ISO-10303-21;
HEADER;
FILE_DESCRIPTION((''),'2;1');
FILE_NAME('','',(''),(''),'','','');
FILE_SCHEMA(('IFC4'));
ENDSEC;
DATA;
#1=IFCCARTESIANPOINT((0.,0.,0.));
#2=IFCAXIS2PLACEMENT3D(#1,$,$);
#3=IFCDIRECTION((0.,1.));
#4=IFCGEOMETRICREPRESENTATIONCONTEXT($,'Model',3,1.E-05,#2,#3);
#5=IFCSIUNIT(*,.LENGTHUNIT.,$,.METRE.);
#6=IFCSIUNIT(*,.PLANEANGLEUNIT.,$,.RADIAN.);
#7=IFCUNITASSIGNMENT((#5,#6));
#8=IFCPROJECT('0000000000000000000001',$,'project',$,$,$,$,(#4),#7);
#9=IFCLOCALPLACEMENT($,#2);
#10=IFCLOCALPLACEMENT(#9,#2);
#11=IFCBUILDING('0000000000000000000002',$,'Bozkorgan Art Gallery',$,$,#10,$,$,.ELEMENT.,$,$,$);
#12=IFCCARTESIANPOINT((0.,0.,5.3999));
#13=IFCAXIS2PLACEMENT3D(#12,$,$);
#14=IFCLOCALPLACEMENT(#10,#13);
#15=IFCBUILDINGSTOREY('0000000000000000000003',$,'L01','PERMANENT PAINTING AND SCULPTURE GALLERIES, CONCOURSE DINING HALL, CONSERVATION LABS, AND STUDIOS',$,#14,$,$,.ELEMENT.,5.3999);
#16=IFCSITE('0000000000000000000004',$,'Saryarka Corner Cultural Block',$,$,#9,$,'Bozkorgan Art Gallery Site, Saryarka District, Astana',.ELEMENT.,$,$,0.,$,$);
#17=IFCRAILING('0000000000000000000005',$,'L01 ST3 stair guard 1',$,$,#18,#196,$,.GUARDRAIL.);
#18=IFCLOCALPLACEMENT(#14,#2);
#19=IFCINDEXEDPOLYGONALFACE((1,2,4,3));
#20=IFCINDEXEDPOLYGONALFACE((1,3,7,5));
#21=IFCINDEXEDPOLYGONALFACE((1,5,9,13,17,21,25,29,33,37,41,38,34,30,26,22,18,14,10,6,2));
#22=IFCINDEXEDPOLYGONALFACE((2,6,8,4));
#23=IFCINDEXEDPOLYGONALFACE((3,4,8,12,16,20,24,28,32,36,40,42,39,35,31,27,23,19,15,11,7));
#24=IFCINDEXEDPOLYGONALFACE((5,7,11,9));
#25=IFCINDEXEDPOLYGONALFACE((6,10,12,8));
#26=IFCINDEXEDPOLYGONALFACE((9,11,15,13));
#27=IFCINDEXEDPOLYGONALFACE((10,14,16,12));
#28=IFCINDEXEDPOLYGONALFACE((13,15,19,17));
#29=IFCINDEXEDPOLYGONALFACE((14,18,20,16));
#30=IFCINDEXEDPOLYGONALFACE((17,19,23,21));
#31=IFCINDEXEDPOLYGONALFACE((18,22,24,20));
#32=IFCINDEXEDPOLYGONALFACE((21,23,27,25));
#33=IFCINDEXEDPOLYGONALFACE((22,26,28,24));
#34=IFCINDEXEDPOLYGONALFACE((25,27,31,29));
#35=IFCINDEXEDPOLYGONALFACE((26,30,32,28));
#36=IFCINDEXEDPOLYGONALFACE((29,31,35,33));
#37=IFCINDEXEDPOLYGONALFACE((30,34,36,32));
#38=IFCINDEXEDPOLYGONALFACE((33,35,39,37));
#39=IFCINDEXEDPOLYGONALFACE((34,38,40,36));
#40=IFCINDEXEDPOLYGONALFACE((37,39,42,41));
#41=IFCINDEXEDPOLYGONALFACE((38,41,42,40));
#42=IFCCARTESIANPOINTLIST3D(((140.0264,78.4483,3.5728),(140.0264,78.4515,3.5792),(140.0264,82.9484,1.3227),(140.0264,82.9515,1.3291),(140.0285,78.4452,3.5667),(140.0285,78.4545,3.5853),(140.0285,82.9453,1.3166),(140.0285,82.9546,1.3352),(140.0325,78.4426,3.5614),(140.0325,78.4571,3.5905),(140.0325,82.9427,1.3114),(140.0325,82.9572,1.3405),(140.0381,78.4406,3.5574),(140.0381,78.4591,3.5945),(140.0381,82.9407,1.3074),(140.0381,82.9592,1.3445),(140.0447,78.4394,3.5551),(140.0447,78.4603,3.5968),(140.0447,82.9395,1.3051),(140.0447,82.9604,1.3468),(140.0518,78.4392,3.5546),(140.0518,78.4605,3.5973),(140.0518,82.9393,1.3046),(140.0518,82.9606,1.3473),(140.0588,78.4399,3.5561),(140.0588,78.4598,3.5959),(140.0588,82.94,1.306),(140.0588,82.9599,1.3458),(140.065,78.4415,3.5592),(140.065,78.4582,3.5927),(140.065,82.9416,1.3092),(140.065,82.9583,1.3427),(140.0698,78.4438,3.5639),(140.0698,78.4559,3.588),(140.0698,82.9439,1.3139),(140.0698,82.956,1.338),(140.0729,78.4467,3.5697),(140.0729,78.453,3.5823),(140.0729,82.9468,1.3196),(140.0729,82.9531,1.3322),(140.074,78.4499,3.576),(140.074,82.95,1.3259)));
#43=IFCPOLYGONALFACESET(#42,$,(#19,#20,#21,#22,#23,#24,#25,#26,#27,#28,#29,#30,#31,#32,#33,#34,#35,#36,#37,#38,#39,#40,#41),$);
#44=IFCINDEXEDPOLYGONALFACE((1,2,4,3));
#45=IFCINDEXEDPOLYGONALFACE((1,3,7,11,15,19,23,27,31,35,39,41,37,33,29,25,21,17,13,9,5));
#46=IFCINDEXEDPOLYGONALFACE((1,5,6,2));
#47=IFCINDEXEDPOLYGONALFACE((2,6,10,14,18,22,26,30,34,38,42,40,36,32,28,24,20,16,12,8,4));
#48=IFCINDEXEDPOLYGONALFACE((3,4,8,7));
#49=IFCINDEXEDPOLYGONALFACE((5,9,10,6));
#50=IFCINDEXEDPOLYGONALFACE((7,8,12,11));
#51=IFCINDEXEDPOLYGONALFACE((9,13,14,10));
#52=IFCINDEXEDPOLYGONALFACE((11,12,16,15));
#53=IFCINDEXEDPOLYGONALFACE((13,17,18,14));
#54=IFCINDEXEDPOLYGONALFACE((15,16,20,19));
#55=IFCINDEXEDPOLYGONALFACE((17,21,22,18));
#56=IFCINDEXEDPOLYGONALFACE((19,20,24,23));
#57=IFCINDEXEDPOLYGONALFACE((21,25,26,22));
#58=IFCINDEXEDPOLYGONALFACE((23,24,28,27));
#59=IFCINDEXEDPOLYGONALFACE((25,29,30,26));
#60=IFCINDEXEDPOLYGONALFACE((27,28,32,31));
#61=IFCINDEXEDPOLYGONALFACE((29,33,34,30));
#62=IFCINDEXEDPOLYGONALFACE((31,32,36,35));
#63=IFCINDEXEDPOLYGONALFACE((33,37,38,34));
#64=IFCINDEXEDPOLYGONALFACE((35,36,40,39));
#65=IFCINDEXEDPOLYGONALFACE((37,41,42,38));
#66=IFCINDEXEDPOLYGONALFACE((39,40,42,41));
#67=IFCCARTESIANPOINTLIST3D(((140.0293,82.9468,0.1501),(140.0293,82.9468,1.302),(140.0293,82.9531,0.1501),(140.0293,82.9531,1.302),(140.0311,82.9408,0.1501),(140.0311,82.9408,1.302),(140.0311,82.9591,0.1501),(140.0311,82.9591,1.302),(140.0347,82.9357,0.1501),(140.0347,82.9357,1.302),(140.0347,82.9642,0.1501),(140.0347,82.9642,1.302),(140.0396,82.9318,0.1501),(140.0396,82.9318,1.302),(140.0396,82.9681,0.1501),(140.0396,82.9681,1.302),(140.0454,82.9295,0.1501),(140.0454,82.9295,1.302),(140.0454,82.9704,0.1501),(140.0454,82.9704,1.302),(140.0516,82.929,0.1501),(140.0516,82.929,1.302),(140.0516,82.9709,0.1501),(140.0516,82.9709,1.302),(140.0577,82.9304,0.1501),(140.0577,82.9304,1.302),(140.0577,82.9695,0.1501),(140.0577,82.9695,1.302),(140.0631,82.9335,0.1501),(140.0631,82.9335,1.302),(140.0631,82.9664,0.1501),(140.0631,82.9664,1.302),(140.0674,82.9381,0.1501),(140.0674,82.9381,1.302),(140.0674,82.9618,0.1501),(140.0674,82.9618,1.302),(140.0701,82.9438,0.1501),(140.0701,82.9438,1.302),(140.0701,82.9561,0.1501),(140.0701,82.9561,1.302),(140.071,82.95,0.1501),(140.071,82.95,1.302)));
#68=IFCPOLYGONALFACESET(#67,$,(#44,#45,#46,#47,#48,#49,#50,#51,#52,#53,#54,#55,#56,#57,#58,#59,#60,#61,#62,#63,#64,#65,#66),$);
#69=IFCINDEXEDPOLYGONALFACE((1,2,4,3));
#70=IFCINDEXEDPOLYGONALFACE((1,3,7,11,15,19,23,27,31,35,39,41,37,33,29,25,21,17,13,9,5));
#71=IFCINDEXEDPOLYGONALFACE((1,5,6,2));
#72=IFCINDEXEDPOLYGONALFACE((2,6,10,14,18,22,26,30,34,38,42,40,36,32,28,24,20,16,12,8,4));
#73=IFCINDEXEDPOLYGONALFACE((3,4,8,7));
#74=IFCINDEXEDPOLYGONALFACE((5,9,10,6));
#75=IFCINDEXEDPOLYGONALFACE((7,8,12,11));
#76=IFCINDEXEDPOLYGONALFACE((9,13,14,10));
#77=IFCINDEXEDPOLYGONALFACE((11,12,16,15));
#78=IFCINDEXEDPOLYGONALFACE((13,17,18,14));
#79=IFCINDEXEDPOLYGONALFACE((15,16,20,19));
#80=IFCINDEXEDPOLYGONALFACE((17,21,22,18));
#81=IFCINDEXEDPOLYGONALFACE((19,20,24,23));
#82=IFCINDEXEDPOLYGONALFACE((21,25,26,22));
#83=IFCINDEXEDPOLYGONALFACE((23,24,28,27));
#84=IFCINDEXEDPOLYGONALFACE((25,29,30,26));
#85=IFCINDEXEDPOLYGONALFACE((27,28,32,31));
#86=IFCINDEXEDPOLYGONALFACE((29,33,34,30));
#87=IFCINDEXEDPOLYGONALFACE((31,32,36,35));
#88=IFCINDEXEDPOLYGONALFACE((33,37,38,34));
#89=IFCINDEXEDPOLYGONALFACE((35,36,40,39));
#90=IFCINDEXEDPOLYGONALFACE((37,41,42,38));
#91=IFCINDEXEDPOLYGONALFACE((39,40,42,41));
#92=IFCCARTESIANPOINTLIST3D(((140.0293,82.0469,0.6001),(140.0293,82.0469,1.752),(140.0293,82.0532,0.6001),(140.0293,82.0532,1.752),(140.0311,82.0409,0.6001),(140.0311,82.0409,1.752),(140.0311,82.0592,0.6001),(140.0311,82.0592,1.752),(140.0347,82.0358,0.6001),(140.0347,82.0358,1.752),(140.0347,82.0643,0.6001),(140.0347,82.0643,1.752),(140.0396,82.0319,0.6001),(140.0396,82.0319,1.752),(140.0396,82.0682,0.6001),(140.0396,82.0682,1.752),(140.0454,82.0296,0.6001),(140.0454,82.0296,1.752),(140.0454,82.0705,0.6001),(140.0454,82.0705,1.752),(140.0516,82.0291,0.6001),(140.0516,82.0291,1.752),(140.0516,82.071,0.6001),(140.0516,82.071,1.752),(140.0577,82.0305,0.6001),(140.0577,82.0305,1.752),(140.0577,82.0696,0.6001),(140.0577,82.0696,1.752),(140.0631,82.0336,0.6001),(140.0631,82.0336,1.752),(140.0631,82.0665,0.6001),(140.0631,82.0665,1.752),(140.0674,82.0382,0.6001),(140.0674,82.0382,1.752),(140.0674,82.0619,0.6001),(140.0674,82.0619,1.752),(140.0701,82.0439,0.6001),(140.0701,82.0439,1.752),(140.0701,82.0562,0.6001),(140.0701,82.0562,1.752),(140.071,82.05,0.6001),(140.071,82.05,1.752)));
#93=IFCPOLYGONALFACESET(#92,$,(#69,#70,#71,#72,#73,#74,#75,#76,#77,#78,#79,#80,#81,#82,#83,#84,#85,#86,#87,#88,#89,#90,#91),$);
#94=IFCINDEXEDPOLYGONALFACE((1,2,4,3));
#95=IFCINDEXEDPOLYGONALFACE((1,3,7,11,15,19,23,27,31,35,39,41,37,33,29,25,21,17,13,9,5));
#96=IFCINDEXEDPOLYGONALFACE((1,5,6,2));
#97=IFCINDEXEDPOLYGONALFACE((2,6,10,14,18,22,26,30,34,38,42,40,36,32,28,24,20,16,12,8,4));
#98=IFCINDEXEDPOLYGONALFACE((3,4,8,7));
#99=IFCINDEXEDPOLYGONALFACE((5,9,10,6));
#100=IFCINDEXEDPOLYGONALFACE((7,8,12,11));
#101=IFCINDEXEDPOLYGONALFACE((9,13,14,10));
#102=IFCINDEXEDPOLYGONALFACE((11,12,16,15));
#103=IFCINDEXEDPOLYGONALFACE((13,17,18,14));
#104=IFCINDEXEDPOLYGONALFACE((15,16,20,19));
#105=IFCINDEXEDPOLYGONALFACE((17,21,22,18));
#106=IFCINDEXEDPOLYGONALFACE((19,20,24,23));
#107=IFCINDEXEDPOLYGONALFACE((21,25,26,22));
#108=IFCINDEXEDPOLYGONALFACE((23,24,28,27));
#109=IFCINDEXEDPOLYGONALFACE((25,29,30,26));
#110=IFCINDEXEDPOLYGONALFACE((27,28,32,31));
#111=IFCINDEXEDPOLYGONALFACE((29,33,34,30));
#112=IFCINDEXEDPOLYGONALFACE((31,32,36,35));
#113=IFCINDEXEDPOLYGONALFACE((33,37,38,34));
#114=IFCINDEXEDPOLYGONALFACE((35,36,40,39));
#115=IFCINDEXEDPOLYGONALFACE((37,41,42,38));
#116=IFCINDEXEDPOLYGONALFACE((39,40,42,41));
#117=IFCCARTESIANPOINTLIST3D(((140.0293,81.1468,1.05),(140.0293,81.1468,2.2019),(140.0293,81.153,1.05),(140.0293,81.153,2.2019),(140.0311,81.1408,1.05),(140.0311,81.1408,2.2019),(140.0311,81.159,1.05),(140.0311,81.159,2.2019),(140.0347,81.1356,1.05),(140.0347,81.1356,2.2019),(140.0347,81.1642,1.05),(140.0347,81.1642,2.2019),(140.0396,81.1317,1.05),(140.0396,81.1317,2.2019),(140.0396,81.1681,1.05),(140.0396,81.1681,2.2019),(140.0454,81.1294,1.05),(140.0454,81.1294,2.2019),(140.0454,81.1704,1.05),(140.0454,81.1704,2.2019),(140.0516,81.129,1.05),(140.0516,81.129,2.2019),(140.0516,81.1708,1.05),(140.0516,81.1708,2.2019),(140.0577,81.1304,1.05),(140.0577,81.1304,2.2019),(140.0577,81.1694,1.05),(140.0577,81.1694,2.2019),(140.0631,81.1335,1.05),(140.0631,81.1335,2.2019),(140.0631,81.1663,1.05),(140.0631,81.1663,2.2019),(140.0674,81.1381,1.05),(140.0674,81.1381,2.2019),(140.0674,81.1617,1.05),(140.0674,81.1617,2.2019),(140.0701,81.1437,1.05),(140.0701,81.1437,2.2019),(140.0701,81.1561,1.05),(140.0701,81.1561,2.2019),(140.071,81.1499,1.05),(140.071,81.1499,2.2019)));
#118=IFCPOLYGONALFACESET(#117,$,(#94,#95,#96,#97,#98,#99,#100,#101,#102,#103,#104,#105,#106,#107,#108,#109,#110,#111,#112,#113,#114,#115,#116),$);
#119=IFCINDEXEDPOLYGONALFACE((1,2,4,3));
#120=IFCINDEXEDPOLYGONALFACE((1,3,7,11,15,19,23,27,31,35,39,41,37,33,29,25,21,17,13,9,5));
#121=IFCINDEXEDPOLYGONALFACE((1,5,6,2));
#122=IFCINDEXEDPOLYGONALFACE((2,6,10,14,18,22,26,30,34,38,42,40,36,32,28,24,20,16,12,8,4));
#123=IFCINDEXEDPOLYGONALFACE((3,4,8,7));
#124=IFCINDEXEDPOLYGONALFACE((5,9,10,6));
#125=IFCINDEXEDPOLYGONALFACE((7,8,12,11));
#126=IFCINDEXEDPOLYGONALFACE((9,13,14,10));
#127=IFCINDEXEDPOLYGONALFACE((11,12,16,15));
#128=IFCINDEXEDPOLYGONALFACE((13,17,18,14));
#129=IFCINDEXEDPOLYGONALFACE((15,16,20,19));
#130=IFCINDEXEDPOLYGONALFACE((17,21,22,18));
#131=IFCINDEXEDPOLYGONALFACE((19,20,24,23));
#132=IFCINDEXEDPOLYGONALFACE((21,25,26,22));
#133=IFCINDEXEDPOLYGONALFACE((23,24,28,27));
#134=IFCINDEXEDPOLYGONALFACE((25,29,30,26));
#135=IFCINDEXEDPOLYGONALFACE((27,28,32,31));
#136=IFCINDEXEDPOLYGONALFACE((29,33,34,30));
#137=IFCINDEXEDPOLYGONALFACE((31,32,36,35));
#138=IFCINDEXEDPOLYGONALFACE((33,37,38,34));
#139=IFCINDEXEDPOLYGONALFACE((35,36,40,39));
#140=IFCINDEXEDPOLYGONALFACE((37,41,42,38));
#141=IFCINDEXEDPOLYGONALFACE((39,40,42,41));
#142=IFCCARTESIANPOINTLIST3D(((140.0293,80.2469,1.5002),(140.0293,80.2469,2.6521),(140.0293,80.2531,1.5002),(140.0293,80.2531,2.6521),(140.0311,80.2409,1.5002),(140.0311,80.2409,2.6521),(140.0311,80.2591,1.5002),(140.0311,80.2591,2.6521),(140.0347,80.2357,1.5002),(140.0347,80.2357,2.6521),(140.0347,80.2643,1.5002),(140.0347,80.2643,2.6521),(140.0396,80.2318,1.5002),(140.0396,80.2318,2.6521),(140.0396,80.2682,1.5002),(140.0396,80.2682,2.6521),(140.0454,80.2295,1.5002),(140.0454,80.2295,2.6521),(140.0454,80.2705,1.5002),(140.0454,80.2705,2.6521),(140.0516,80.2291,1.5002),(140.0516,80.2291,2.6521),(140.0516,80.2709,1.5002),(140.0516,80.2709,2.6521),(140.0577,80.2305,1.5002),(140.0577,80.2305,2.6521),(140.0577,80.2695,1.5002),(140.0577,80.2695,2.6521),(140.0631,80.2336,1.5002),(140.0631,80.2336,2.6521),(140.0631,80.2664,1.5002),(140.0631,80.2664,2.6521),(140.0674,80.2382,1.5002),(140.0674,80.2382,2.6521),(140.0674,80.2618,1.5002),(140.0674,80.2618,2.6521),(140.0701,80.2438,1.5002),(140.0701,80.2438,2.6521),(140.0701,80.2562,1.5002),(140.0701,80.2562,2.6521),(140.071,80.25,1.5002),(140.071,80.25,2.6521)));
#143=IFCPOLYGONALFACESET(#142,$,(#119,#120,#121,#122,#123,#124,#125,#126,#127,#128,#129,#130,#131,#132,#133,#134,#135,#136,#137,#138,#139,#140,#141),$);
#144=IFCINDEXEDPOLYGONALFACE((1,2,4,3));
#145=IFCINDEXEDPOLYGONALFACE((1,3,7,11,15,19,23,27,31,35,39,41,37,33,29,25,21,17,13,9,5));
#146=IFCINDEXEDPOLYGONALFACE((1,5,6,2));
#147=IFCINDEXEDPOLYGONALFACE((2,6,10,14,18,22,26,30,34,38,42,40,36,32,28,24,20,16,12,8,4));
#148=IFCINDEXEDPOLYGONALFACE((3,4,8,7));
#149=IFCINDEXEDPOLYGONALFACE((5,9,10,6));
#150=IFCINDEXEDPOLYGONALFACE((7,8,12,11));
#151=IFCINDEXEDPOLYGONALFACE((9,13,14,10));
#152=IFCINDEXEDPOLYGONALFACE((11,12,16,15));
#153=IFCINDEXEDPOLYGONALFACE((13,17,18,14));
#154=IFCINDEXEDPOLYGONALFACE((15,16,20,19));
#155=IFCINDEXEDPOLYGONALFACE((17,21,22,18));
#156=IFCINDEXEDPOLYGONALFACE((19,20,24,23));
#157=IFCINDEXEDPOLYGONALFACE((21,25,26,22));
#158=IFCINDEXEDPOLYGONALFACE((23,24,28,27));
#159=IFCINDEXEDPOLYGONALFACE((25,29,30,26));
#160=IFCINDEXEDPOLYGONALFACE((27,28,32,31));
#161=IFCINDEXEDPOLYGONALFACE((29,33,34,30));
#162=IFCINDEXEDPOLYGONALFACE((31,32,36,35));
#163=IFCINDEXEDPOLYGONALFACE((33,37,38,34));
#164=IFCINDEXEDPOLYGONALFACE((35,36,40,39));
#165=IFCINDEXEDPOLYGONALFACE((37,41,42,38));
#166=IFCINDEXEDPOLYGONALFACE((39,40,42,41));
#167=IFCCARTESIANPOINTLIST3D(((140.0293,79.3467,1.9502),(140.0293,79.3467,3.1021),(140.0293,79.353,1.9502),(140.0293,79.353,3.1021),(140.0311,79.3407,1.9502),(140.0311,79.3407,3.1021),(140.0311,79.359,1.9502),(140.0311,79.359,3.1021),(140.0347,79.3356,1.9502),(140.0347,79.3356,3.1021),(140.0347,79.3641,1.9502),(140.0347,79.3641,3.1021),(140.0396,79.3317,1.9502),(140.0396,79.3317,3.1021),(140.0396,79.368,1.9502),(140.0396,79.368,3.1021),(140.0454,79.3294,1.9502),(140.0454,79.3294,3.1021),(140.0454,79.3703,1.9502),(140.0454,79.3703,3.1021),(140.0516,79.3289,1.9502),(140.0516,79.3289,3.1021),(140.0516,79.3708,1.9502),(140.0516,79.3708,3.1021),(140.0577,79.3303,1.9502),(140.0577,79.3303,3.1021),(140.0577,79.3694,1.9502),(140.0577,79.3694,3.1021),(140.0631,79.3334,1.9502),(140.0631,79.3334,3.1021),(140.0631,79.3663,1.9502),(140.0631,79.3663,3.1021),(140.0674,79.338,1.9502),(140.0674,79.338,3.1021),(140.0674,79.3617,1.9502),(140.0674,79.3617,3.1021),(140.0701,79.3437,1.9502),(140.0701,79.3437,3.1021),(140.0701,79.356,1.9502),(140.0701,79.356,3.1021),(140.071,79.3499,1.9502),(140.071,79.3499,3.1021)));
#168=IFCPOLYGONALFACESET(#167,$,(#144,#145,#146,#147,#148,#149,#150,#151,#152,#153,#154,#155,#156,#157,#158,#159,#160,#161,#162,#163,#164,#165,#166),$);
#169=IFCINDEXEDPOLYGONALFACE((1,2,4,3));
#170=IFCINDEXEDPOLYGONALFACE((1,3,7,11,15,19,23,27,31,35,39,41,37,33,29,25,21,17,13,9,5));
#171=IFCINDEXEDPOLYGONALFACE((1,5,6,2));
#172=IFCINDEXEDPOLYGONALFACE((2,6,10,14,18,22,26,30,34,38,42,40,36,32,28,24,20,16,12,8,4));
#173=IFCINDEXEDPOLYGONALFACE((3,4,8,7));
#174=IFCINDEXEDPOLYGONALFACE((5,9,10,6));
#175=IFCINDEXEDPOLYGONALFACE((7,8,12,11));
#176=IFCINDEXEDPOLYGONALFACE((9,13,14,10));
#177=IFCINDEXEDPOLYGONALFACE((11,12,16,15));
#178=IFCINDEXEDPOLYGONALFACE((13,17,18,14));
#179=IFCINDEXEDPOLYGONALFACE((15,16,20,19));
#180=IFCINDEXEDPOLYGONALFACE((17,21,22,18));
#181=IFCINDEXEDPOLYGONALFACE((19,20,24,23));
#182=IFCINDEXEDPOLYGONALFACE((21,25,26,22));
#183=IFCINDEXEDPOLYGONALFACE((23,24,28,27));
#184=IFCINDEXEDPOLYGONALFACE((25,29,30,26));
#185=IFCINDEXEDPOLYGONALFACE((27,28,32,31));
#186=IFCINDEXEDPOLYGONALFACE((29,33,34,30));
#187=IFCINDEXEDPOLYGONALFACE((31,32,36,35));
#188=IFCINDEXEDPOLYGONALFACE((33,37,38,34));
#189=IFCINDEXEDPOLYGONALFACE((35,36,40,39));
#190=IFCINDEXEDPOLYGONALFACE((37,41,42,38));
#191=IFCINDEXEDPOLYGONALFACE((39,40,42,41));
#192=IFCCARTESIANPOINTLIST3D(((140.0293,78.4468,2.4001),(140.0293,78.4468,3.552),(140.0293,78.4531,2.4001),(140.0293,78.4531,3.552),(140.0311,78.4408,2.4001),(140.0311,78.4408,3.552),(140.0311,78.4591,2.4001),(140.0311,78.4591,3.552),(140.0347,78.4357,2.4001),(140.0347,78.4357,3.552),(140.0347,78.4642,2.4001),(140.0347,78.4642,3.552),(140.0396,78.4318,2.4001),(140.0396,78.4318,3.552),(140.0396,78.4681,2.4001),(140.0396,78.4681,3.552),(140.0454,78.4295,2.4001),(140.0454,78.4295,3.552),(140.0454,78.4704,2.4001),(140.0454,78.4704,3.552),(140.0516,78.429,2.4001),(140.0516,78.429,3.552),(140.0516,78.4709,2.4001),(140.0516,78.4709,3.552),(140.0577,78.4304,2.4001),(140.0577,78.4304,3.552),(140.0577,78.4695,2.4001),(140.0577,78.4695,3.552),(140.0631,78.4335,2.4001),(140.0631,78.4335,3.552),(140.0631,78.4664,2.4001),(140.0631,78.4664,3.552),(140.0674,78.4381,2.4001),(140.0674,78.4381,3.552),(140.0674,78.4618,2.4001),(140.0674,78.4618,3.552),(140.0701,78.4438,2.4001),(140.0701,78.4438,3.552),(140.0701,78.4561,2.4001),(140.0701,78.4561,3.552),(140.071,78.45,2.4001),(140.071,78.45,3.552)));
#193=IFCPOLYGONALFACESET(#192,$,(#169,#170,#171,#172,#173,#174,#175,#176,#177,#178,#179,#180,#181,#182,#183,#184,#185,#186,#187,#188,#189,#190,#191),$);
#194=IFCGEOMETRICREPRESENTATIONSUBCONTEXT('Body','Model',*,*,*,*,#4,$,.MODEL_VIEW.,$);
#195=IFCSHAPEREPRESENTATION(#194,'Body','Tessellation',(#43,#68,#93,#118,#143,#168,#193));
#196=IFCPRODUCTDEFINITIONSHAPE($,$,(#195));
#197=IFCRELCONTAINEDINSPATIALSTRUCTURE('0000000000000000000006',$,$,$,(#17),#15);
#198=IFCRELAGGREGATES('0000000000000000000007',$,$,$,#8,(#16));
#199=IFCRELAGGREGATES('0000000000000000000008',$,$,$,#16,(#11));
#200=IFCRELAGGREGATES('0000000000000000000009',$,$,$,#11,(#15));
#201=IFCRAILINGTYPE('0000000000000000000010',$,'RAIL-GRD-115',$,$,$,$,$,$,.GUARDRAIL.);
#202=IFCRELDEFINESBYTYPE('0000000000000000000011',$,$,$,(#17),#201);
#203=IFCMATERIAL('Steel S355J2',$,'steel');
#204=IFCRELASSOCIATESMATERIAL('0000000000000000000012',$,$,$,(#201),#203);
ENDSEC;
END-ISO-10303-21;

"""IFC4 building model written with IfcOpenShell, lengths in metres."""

from ifc_helpers import new_model, si_unit, direction, frame, origin, origin_2d, place, context, subcontext, project, spatial, circle, extrude, material, type_object, element, save


model = new_model("IFC4")

# Units and contexts
model_context = context("Model", 3, precision=1e-05, world=origin(), true_north=direction((0.0, 1.0)))
body_context = subcontext(model_context, "Body", "Model", "MODEL_VIEW")
ifc_project = project(units=[si_unit("LENGTHUNIT", "METRE"), si_unit("PLANEANGLEUNIT", "RADIAN")], contexts=[model_context])

# Site, building, storey
site_placement = place(None, origin())
site = spatial("IfcSite", under=ifc_project, at=site_placement, Name="Saryarka Corner Cultural Block", LongName="Bozkorgan Art Gallery Site, Saryarka District, Astana", CompositionType="ELEMENT", RefElevation=0.0)
building_placement = place(site_placement, origin())
building = spatial("IfcBuilding", under=site, at=building_placement, Name="Bozkorgan Art Gallery", CompositionType="ELEMENT")
storey_placement = place(building_placement, frame((0.0, 0.0, 5.3999)))
storey = spatial("IfcBuildingStorey", under=building, at=storey_placement, Name="L01", Description="PERMANENT PAINTING AND SCULPTURE GALLERIES, CONCOURSE DINING HALL, CONSERVATION LABS, AND STUDIOS", CompositionType="ELEMENT", Elevation=5.3999)

# Shared definitions
ifc_material_1 = material(Name="Steel S355J2", Category="steel")

# Railing
railing_type_1 = type_object("IfcRailingType", Name="RAIL-GRD-115", PredefinedType="GUARDRAIL", material=ifc_material_1)
railing_1_placement = place(storey_placement, frame((140.05, 82.95, 0.1501)))
element("IfcRailing", 1, at=railing_1_placement, inside=storey, type_object=railing_type_1, Name="L01 ST3 stair guard 1", PredefinedType="GUARDRAIL", context=body_context, shape_type="SweptSolid", body=[
    extrude(circle(Radius=0.0239, at=origin_2d()), frame((0.0, 0.0, 1.1758), z_axis=(0.0, -0.894427, 0.447214), x_axis=(1.0, 0.0, 0.0)), (0.0, 0.0, 1.0), 5.0312),
    extrude(circle(Radius=0.021, at=origin_2d()), origin(), (0.0, 0.0, 1.0), 1.1519),
    extrude(circle(Radius=0.021, at=origin_2d()), frame((0.0, -0.8999, 0.45)), (0.0, 0.0, 1.0), 1.1519),
    extrude(circle(Radius=0.021, at=origin_2d()), frame((0.0, -1.8, 0.8999)), (0.0, 0.0, 1.0), 1.1519),
    extrude(circle(Radius=0.021, at=origin_2d()), frame((0.0, -2.7, 1.3501)), (0.0, 0.0, 1.0), 1.1519),
    extrude(circle(Radius=0.021, at=origin_2d()), frame((0.0, -3.6001, 1.8)), (0.0, 0.0, 1.0), 1.1519),
    extrude(circle(Radius=0.021, at=origin_2d()), frame((0.0, -4.5, 2.25)), (0.0, 0.0, 1.0), 1.1519),
])

save(model, "model.ifc")
